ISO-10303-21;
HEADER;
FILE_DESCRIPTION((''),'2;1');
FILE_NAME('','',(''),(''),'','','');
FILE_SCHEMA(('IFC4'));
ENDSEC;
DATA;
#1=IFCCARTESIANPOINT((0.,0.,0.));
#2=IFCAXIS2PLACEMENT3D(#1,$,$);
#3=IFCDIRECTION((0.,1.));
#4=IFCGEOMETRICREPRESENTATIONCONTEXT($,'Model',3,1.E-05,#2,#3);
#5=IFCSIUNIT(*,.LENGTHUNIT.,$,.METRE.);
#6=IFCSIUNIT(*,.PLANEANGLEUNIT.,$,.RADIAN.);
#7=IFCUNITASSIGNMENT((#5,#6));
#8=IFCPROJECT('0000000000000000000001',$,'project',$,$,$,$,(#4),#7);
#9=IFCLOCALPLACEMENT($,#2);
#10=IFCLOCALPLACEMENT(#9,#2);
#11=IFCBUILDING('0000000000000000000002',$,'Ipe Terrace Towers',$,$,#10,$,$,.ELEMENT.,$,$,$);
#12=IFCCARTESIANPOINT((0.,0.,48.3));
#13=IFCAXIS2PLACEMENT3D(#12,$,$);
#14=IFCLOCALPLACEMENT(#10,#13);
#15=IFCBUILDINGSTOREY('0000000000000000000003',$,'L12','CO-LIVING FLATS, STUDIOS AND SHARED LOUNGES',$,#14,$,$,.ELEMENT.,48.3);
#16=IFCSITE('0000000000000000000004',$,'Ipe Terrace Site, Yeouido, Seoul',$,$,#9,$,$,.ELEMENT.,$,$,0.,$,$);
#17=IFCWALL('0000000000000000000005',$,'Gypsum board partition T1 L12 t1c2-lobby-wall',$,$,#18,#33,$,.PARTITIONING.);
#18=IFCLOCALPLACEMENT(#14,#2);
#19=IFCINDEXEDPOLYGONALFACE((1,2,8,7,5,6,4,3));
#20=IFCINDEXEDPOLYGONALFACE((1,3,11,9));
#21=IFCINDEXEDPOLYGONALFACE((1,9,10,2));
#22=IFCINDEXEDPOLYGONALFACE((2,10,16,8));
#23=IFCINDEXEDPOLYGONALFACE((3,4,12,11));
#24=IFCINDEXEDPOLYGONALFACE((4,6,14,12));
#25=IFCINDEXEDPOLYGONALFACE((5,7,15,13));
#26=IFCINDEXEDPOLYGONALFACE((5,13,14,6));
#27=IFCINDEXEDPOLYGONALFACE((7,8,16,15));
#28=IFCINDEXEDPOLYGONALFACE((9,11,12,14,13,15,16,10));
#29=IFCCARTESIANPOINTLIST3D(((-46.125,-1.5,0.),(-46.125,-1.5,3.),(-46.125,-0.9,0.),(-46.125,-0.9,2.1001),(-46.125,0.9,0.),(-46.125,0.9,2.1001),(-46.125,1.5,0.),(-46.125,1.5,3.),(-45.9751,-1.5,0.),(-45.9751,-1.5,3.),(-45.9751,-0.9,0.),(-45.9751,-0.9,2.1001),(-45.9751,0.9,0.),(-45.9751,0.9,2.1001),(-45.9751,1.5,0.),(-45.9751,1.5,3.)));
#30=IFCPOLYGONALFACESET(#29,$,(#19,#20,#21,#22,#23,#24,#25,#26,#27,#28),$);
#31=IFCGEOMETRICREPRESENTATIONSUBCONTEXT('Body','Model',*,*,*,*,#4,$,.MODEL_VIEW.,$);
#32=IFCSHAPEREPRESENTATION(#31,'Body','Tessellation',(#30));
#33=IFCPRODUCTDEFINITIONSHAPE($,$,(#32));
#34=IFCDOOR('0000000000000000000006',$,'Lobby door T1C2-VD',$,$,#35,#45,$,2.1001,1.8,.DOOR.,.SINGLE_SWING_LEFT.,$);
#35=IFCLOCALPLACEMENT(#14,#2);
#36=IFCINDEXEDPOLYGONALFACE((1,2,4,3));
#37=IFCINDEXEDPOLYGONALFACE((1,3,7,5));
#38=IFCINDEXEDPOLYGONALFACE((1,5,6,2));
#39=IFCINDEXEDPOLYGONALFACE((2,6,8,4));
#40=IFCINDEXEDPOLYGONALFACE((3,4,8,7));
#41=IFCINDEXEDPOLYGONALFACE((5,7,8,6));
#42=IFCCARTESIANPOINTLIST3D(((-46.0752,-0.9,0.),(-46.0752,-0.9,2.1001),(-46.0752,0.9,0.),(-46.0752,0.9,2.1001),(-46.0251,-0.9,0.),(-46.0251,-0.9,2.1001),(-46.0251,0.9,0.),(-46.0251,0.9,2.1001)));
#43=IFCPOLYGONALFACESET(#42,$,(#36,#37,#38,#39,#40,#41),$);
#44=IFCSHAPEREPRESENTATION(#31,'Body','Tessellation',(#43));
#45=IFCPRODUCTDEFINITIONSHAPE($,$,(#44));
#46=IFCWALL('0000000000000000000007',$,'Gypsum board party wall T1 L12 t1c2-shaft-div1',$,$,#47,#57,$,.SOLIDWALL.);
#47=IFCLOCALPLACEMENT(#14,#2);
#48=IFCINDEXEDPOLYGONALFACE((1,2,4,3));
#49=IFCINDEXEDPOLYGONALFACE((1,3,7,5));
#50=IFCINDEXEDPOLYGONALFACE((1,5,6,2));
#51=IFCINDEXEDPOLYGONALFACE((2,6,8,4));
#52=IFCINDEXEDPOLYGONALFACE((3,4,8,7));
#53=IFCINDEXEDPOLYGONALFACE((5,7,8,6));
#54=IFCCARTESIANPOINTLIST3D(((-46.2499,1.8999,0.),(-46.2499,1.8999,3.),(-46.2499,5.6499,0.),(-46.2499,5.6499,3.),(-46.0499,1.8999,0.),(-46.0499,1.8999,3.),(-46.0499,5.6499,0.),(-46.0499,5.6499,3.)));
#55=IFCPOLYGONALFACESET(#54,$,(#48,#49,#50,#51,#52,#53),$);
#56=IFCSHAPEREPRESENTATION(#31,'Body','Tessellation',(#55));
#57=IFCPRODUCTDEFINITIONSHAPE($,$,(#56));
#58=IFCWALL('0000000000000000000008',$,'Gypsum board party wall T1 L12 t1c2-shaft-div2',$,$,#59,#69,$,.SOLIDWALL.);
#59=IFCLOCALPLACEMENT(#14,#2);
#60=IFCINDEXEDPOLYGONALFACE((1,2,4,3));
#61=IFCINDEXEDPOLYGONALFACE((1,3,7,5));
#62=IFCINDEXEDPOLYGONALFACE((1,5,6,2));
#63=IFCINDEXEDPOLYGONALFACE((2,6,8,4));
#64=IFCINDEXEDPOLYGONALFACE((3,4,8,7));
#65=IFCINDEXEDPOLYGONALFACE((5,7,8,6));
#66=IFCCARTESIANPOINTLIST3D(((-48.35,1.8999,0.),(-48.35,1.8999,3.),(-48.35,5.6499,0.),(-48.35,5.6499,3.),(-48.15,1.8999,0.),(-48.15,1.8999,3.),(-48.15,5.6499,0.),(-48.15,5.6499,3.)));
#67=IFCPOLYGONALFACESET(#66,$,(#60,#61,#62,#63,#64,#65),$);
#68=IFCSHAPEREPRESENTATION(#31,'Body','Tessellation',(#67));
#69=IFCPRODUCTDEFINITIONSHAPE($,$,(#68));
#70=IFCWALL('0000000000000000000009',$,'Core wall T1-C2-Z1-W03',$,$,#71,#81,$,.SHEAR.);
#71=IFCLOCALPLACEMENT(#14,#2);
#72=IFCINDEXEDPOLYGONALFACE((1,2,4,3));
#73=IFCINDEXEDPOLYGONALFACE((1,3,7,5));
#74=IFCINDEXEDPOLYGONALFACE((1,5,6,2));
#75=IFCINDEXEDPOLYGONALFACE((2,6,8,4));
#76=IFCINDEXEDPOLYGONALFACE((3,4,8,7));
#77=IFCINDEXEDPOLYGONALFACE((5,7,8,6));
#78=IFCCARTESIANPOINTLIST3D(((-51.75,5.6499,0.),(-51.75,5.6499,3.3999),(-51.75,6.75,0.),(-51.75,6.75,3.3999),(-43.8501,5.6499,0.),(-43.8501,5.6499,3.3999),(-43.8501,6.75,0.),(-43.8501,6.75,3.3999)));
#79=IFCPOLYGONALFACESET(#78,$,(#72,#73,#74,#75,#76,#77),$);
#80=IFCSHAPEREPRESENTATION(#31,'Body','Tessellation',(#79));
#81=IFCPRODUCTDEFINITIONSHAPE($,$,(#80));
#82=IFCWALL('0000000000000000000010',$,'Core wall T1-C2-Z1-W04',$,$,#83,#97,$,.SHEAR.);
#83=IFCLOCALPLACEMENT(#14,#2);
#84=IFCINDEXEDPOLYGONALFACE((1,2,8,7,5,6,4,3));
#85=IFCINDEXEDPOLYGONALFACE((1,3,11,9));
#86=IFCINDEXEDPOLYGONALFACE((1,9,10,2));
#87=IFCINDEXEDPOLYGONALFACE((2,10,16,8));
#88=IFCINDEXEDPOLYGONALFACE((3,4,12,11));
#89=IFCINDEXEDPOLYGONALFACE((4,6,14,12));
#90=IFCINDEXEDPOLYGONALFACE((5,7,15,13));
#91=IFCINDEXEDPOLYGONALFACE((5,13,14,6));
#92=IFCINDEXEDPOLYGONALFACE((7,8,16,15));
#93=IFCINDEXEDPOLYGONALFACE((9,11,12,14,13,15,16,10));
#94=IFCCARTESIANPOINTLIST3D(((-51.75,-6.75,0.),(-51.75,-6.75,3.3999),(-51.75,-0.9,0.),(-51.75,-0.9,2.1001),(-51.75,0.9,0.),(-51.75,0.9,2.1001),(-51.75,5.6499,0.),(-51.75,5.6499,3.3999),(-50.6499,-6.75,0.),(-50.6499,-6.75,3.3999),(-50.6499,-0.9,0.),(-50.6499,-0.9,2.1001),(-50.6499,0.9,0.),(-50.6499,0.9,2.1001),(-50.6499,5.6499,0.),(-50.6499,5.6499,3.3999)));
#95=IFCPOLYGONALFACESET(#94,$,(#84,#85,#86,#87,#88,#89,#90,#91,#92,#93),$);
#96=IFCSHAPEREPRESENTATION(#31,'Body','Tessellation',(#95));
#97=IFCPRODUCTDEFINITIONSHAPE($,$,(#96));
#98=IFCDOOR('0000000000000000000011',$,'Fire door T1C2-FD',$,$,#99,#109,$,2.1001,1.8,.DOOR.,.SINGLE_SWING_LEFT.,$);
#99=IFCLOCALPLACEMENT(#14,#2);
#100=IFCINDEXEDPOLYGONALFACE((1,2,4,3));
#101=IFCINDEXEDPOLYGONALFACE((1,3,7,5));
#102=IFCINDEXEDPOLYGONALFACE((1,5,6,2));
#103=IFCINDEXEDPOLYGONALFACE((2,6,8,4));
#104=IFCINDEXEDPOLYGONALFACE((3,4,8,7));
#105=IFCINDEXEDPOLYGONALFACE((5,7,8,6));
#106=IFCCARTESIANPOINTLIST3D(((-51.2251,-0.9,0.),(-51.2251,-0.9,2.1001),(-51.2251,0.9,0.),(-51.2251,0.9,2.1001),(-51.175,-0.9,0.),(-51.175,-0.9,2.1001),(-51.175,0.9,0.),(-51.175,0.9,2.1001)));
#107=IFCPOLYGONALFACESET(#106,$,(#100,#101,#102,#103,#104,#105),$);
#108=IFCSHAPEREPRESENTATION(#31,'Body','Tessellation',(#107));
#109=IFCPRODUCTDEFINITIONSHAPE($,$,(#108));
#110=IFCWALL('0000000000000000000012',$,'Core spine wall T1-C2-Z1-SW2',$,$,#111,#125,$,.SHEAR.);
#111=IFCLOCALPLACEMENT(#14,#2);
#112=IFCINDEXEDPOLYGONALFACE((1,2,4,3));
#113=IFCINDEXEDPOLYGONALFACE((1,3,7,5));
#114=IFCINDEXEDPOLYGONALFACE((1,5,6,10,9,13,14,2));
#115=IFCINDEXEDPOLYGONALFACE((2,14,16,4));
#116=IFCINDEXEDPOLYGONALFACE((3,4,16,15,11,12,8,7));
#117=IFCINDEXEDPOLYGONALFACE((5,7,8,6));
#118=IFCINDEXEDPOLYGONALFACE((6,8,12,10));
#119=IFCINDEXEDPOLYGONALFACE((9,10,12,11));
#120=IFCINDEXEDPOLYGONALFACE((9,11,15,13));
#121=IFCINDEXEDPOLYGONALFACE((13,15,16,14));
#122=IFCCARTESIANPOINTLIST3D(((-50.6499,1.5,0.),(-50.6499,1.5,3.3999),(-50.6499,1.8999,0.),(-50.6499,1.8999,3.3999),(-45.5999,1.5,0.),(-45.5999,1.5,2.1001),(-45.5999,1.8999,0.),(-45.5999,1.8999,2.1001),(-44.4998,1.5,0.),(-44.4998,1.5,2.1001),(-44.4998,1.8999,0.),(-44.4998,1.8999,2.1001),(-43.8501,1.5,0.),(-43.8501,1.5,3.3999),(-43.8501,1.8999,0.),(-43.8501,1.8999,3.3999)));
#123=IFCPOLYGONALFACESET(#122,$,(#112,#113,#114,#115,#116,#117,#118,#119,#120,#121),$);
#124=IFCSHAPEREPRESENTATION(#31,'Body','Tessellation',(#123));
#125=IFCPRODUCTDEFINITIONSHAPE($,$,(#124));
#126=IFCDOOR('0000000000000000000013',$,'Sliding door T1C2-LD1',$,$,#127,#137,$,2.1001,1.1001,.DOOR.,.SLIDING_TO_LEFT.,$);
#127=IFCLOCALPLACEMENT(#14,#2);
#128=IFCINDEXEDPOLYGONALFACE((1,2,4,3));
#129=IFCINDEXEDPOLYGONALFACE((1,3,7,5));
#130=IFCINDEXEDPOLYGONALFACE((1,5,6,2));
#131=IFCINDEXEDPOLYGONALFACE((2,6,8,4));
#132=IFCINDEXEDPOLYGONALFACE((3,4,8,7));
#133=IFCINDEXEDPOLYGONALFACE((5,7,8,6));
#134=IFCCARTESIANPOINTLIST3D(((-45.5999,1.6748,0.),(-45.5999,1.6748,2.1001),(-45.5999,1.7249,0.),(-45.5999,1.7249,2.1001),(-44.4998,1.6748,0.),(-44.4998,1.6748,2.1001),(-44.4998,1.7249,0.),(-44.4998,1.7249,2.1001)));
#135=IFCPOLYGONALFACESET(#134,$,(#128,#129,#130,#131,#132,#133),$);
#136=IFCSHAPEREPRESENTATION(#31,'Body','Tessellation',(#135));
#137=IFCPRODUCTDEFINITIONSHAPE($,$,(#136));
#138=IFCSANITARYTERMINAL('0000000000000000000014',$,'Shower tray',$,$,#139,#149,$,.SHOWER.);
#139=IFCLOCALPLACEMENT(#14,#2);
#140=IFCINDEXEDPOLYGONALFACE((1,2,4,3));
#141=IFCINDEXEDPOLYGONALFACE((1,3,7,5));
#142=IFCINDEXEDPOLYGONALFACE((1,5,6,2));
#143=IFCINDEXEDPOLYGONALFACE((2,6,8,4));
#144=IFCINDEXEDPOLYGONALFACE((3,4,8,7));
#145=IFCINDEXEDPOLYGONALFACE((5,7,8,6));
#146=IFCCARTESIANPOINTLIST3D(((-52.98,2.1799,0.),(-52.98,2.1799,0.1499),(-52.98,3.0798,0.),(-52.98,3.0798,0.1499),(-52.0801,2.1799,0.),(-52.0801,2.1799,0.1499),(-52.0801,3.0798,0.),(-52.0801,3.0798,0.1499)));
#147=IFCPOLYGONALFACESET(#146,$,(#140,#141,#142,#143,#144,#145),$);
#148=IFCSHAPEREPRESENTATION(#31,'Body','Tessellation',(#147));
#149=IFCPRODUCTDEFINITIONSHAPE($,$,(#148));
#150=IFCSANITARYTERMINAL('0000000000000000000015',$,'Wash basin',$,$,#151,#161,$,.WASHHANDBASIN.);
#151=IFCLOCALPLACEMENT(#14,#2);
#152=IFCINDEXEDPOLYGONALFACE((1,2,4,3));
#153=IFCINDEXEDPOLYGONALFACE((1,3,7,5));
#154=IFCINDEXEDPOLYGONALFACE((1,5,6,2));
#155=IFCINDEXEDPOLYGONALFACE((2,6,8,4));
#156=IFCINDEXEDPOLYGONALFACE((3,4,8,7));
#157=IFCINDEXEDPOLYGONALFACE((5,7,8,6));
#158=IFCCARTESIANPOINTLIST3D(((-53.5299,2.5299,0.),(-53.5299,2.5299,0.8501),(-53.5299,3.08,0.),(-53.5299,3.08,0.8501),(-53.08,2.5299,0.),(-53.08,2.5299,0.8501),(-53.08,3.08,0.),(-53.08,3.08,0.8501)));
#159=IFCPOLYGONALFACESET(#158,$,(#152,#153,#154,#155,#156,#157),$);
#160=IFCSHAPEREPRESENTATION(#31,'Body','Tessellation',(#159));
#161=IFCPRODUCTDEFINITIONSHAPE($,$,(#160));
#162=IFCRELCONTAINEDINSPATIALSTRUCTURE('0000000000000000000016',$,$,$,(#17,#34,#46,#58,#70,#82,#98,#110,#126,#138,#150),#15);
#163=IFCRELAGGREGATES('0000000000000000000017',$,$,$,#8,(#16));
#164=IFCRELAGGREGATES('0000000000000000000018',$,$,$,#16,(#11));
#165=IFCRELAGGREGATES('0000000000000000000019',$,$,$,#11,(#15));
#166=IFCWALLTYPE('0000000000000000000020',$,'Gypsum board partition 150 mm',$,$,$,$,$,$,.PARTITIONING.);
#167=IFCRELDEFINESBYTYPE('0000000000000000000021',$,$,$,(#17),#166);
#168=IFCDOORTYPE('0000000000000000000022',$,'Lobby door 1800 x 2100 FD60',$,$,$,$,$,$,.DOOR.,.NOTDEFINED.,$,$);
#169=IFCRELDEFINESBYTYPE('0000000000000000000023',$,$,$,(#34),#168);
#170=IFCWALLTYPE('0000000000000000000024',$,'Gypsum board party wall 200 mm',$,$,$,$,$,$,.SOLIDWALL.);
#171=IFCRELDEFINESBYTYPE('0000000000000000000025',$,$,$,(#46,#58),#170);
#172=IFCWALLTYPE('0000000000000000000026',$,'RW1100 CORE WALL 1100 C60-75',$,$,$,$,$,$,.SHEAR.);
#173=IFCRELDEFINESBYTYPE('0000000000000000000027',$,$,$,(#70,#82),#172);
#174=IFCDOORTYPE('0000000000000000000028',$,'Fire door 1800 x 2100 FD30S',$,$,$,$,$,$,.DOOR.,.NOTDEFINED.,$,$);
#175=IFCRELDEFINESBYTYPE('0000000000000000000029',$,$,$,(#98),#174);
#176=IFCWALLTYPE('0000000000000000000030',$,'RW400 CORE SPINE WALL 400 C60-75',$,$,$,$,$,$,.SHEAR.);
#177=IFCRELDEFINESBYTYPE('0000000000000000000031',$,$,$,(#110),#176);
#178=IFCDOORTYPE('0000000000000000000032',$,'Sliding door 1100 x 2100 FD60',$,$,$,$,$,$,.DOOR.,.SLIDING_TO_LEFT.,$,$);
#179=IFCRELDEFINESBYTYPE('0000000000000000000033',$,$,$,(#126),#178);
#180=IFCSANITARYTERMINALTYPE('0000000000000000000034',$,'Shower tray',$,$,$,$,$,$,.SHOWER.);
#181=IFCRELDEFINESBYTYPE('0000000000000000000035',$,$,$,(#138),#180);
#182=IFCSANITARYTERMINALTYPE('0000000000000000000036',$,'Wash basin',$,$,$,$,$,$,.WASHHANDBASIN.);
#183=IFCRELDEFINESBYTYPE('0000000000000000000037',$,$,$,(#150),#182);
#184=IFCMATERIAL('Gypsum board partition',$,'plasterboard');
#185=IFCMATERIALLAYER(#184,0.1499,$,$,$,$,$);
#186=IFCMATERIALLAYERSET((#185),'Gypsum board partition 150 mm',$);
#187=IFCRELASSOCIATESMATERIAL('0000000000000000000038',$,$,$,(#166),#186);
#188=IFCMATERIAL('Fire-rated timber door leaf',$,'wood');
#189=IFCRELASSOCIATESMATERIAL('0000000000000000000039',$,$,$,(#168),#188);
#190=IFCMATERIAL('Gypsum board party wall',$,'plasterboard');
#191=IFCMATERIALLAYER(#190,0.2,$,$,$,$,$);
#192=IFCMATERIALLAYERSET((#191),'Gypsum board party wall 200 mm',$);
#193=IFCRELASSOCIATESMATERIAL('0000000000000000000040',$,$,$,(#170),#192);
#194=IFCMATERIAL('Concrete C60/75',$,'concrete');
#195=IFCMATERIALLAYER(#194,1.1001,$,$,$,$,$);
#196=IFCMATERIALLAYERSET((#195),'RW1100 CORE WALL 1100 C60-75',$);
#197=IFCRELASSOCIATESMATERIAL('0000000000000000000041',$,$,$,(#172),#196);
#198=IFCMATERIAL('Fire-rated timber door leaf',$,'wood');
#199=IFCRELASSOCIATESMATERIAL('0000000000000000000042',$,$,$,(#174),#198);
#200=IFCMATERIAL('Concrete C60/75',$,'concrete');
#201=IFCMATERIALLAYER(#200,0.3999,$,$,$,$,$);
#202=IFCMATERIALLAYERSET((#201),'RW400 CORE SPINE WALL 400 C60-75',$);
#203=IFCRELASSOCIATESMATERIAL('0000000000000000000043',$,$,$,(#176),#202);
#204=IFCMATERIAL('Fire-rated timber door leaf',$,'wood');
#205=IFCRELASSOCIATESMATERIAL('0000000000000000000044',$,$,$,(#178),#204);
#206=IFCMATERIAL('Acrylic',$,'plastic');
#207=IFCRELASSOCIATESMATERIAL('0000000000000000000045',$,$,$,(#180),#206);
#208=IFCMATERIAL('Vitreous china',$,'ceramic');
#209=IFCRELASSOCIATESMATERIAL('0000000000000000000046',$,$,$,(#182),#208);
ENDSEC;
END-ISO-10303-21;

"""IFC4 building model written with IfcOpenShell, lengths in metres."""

from ifc_helpers import new_model, si_unit, direction, frame, frame_2d, origin, origin_2d, place, context, subcontext, project, spatial, rectangle, extrude, material, layer, layer_set, type_object, element, fill, save


model = new_model("IFC4")

# Units and contexts
model_context = context("Model", 3, precision=1e-05, world=origin(), true_north=direction((0.0, 1.0)))
body_context = subcontext(model_context, "Body", "Model", "MODEL_VIEW")
ifc_project = project(units=[si_unit("LENGTHUNIT", "METRE"), si_unit("PLANEANGLEUNIT", "RADIAN")], contexts=[model_context])

# Site, building, storey
site_placement = place(None, origin())
site = spatial("IfcSite", under=ifc_project, at=site_placement, Name="Ipe Terrace Site, Yeouido, Seoul", CompositionType="ELEMENT", RefElevation=0.0)
building_placement = place(site_placement, origin())
building = spatial("IfcBuilding", under=site, at=building_placement, Name="Ipe Terrace Towers", CompositionType="ELEMENT")
storey_placement = place(building_placement, frame((0.0, 0.0, 48.3)))
storey = spatial("IfcBuildingStorey", under=building, at=storey_placement, Name="L12", Description="CO-LIVING FLATS, STUDIOS AND SHARED LOUNGES", CompositionType="ELEMENT", Elevation=48.3)

# Wall, opening, door
ifc_material_1 = material(Name="Gypsum board partition", Category="plasterboard")
ifc_layer_1 = layer(ifc_material_1, 0.1499)
ifc_layer_set_1 = layer_set([ifc_layer_1], Name="Gypsum board partition 150 mm")
wall_type_1 = type_object("IfcWallType", Name="Gypsum board partition 150 mm", PredefinedType="PARTITIONING", material=ifc_layer_set_1)
wall_1_placement = place(storey_placement, frame((-46.05, 1.5, 0.0), z_axis=(0.0, 0.0, 1.0), x_axis=(0.0, -1.0, 0.0)))
wall_1 = element("IfcWall", 1, at=wall_1_placement, inside=storey, type_object=wall_type_1, Name="Gypsum board partition T1 L12 t1c2-lobby-wall", PredefinedType="PARTITIONING", context=body_context, shape_type="SweptSolid", body=[
    extrude(rectangle(XDim=3.0, YDim=0.1499, at=frame_2d((1.5, 0.0))), origin(), (0.0, 0.0, 1.0), 3.0),
])
opening_1_placement = place(wall_1_placement, frame((0.6001, 0.0, 0.0)))
opening_1 = element("IfcOpeningElement", 2, at=opening_1_placement, cuts=wall_1, PredefinedType="OPENING", context=body_context, shape_type="SweptSolid", body=[
    extrude(rectangle(XDim=1.8, YDim=2.1001, at=frame_2d((0.8999, 1.05))), frame((0.0, 0.085, 0.0), z_axis=(0.0, -1.0, 0.0), x_axis=(1.0, 0.0, 0.0)), (0.0, 0.0, 1.0), 0.1699),
])
ifc_material_2 = material(Name="Fire-rated timber door leaf", Category="wood")
door_type_1 = type_object("IfcDoorType", Name="Lobby door 1800 x 2100 FD60", OperationType="NOTDEFINED", PredefinedType="DOOR", material=ifc_material_2)
door_1_placement = place(opening_1_placement, origin())
door_1 = element("IfcDoor", 3, at=door_1_placement, inside=storey, type_object=door_type_1, Name="Lobby door T1C2-VD", OperationType="SINGLE_SWING_LEFT", OverallHeight=2.1001, OverallWidth=1.8, PredefinedType="DOOR", context=body_context, shape_type="SweptSolid", body=[
    extrude(rectangle(XDim=1.8, YDim=2.1001, at=frame_2d((0.8999, 1.05))), frame((0.0, 0.0249, 0.0), z_axis=(0.0, -1.0, 0.0), x_axis=(1.0, 0.0, 0.0)), (0.0, 0.0, 1.0), 0.05),
])
fill(opening_1, door_1)

# Walls
ifc_material_3 = material(Name="Gypsum board party wall", Category="plasterboard")
ifc_layer_2 = layer(ifc_material_3, 0.2)
ifc_layer_set_2 = layer_set([ifc_layer_2], Name="Gypsum board party wall 200 mm")
wall_type_2 = type_object("IfcWallType", Name="Gypsum board party wall 200 mm", PredefinedType="SOLIDWALL", material=ifc_layer_set_2)
for number, where, z_axis, x_axis, name in (
    (4, (-46.1499, 5.6499, 0.0), (0.0, 0.0, 1.0), (0.0, -1.0, 0.0), "Gypsum board party wall T1 L12 t1c2-shaft-div1"),
    (5, (-48.25, 5.6499, 0.0), (0.0, 0.0, 1.0), (0.0, -1.0, 0.0), "Gypsum board party wall T1 L12 t1c2-shaft-div2"),
):
    element("IfcWall", number, at=place(storey_placement, frame(where, z_axis=z_axis, x_axis=x_axis)), inside=storey, type_object=wall_type_2, Name=name, PredefinedType="SOLIDWALL", context=body_context, shape_type="SweptSolid", body=[
        extrude(rectangle(XDim=3.75, YDim=0.2, at=frame_2d((1.875, 0.0))), origin(), (0.0, 0.0, 1.0), 3.0),
    ])
ifc_material_4 = material(Name="Concrete C60/75", Category="concrete")
ifc_layer_3 = layer(ifc_material_4, 1.1001)
ifc_layer_set_3 = layer_set([ifc_layer_3], Name="RW1100 CORE WALL 1100 C60-75")
wall_type_3 = type_object("IfcWallType", Name="RW1100 CORE WALL 1100 C60-75", PredefinedType="SHEAR", material=ifc_layer_set_3)
wall_2_placement = place(storey_placement, frame((-43.8501, 6.2, 0.0), z_axis=(0.0, 0.0, 1.0), x_axis=(-1.0, 0.0, 0.0)))
element("IfcWall", 6, at=wall_2_placement, inside=storey, type_object=wall_type_3, Name="Core wall T1-C2-Z1-W03", PredefinedType="SHEAR", context=body_context, shape_type="SweptSolid", body=[
    extrude(rectangle(XDim=7.8999, YDim=1.1001, at=frame_2d((3.95, 0.0))), origin(), (0.0, 0.0, 1.0), 3.3999),
])

# Walls, openings, doors
wall_3_placement = place(storey_placement, frame((-51.2, 5.6499, 0.0), z_axis=(0.0, 0.0, 1.0), x_axis=(0.0, -1.0, 0.0)))
wall_3 = element("IfcWall", 7, at=wall_3_placement, inside=storey, type_object=wall_type_3, Name="Core wall T1-C2-Z1-W04", PredefinedType="SHEAR", context=body_context, shape_type="SweptSolid", body=[
    extrude(rectangle(XDim=12.3999, YDim=1.1001, at=frame_2d((6.2, 0.0))), origin(), (0.0, 0.0, 1.0), 3.3999),
])
opening_2_placement = place(wall_3_placement, frame((4.75, 0.0, 0.0)))
opening_2 = element("IfcOpeningElement", 8, at=opening_2_placement, cuts=wall_3, PredefinedType="OPENING", context=body_context, shape_type="SweptSolid", body=[
    extrude(rectangle(XDim=1.8, YDim=2.1001, at=frame_2d((0.8999, 1.05))), frame((0.0, 0.5601, 0.0), z_axis=(0.0, -1.0, 0.0), x_axis=(1.0, 0.0, 0.0)), (0.0, 0.0, 1.0), 1.1201),
])
ifc_material_5 = material(Name="Fire-rated timber door leaf", Category="wood")
door_type_2 = type_object("IfcDoorType", Name="Fire door 1800 x 2100 FD30S", OperationType="NOTDEFINED", PredefinedType="DOOR", material=ifc_material_5)
door_2_placement = place(opening_2_placement, origin())
door_2 = element("IfcDoor", 9, at=door_2_placement, inside=storey, type_object=door_type_2, Name="Fire door T1C2-FD", OperationType="SINGLE_SWING_LEFT", OverallHeight=2.1001, OverallWidth=1.8, PredefinedType="DOOR", context=body_context, shape_type="SweptSolid", body=[
    extrude(rectangle(XDim=1.8, YDim=2.1001, at=frame_2d((0.8999, 1.05))), frame((0.0, 0.0249, 0.0), z_axis=(0.0, -1.0, 0.0), x_axis=(1.0, 0.0, 0.0)), (0.0, 0.0, 1.0), 0.05),
])
fill(opening_2, door_2)
ifc_material_6 = material(Name="Concrete C60/75", Category="concrete")
ifc_layer_4 = layer(ifc_material_6, 0.3999)
ifc_layer_set_4 = layer_set([ifc_layer_4], Name="RW400 CORE SPINE WALL 400 C60-75")
wall_type_4 = type_object("IfcWallType", Name="RW400 CORE SPINE WALL 400 C60-75", PredefinedType="SHEAR", material=ifc_layer_set_4)
wall_4_placement = place(storey_placement, frame((-50.6499, 1.7, 0.0), z_axis=(0.0, 0.0, 1.0), x_axis=(1.0, 0.0, 0.0)))
wall_4 = element("IfcWall", 10, at=wall_4_placement, inside=storey, type_object=wall_type_4, Name="Core spine wall T1-C2-Z1-SW2", PredefinedType="SHEAR", context=body_context, shape_type="SweptSolid", body=[
    extrude(rectangle(XDim=6.7998, YDim=0.3999, at=frame_2d((3.3999, 0.0))), origin(), (0.0, 0.0, 1.0), 3.3999),
])
opening_3_placement = place(wall_4_placement, frame((5.05, 0.0, 0.0)))
opening_3 = element("IfcOpeningElement", 11, at=opening_3_placement, cuts=wall_4, PredefinedType="OPENING", context=body_context, shape_type="SweptSolid", body=[
    extrude(rectangle(XDim=1.1001, YDim=2.1001, at=frame_2d((0.55, 1.05))), frame((0.0, 0.21, 0.0), z_axis=(0.0, -1.0, 0.0), x_axis=(1.0, 0.0, 0.0)), (0.0, 0.0, 1.0), 0.4199),
])
ifc_material_7 = material(Name="Fire-rated timber door leaf", Category="wood")
door_type_3 = type_object("IfcDoorType", Name="Sliding door 1100 x 2100 FD60", OperationType="SLIDING_TO_LEFT", PredefinedType="DOOR", material=ifc_material_7)
door_3_placement = place(opening_3_placement, origin())
door_3 = element("IfcDoor", 12, at=door_3_placement, inside=storey, type_object=door_type_3, Name="Sliding door T1C2-LD1", OperationType="SLIDING_TO_LEFT", OverallHeight=2.1001, OverallWidth=1.1001, PredefinedType="DOOR", context=body_context, shape_type="SweptSolid", body=[
    extrude(rectangle(XDim=1.1001, YDim=2.1001, at=frame_2d((0.55, 1.05))), frame((0.0, 0.0249, 0.0), z_axis=(0.0, -1.0, 0.0), x_axis=(1.0, 0.0, 0.0)), (0.0, 0.0, 1.0), 0.05),
])
fill(opening_3, door_3)

# Sanitary terminals
ifc_material_8 = material(Name="Acrylic", Category="plastic")
sanitary_terminal_type_1 = type_object("IfcSanitaryTerminalType", Name="Shower tray", PredefinedType="SHOWER", material=ifc_material_8)
sanitary_terminal_1_placement = place(storey_placement, frame((-52.53, 2.6299, 0.0), z_axis=(0.0, 0.0, 1.0), x_axis=(0.0, -1.0, 0.0)))
element("IfcSanitaryTerminal", 13, at=sanitary_terminal_1_placement, inside=storey, type_object=sanitary_terminal_type_1, Name="Shower tray", PredefinedType="SHOWER", context=body_context, shape_type="SweptSolid", body=[
    extrude(rectangle(XDim=0.8999, YDim=0.8999, at=origin_2d()), origin(), (0.0, 0.0, 1.0), 0.1499),
])
ifc_material_9 = material(Name="Vitreous china", Category="ceramic")
sanitary_terminal_type_2 = type_object("IfcSanitaryTerminalType", Name="Wash basin", PredefinedType="WASHHANDBASIN", material=ifc_material_9)
sanitary_terminal_2_placement = place(storey_placement, frame((-53.3049, 2.8049, 0.0), z_axis=(0.0, 0.0, 1.0), x_axis=(0.0, -1.0, 0.0)))
element("IfcSanitaryTerminal", 14, at=sanitary_terminal_2_placement, inside=storey, type_object=sanitary_terminal_type_2, Name="Wash basin", PredefinedType="WASHHANDBASIN", context=body_context, shape_type="SweptSolid", body=[
    extrude(rectangle(XDim=0.55, YDim=0.45, at=origin_2d()), origin(), (0.0, 0.0, 1.0), 0.8501),
])

save(model, "model.ifc")
